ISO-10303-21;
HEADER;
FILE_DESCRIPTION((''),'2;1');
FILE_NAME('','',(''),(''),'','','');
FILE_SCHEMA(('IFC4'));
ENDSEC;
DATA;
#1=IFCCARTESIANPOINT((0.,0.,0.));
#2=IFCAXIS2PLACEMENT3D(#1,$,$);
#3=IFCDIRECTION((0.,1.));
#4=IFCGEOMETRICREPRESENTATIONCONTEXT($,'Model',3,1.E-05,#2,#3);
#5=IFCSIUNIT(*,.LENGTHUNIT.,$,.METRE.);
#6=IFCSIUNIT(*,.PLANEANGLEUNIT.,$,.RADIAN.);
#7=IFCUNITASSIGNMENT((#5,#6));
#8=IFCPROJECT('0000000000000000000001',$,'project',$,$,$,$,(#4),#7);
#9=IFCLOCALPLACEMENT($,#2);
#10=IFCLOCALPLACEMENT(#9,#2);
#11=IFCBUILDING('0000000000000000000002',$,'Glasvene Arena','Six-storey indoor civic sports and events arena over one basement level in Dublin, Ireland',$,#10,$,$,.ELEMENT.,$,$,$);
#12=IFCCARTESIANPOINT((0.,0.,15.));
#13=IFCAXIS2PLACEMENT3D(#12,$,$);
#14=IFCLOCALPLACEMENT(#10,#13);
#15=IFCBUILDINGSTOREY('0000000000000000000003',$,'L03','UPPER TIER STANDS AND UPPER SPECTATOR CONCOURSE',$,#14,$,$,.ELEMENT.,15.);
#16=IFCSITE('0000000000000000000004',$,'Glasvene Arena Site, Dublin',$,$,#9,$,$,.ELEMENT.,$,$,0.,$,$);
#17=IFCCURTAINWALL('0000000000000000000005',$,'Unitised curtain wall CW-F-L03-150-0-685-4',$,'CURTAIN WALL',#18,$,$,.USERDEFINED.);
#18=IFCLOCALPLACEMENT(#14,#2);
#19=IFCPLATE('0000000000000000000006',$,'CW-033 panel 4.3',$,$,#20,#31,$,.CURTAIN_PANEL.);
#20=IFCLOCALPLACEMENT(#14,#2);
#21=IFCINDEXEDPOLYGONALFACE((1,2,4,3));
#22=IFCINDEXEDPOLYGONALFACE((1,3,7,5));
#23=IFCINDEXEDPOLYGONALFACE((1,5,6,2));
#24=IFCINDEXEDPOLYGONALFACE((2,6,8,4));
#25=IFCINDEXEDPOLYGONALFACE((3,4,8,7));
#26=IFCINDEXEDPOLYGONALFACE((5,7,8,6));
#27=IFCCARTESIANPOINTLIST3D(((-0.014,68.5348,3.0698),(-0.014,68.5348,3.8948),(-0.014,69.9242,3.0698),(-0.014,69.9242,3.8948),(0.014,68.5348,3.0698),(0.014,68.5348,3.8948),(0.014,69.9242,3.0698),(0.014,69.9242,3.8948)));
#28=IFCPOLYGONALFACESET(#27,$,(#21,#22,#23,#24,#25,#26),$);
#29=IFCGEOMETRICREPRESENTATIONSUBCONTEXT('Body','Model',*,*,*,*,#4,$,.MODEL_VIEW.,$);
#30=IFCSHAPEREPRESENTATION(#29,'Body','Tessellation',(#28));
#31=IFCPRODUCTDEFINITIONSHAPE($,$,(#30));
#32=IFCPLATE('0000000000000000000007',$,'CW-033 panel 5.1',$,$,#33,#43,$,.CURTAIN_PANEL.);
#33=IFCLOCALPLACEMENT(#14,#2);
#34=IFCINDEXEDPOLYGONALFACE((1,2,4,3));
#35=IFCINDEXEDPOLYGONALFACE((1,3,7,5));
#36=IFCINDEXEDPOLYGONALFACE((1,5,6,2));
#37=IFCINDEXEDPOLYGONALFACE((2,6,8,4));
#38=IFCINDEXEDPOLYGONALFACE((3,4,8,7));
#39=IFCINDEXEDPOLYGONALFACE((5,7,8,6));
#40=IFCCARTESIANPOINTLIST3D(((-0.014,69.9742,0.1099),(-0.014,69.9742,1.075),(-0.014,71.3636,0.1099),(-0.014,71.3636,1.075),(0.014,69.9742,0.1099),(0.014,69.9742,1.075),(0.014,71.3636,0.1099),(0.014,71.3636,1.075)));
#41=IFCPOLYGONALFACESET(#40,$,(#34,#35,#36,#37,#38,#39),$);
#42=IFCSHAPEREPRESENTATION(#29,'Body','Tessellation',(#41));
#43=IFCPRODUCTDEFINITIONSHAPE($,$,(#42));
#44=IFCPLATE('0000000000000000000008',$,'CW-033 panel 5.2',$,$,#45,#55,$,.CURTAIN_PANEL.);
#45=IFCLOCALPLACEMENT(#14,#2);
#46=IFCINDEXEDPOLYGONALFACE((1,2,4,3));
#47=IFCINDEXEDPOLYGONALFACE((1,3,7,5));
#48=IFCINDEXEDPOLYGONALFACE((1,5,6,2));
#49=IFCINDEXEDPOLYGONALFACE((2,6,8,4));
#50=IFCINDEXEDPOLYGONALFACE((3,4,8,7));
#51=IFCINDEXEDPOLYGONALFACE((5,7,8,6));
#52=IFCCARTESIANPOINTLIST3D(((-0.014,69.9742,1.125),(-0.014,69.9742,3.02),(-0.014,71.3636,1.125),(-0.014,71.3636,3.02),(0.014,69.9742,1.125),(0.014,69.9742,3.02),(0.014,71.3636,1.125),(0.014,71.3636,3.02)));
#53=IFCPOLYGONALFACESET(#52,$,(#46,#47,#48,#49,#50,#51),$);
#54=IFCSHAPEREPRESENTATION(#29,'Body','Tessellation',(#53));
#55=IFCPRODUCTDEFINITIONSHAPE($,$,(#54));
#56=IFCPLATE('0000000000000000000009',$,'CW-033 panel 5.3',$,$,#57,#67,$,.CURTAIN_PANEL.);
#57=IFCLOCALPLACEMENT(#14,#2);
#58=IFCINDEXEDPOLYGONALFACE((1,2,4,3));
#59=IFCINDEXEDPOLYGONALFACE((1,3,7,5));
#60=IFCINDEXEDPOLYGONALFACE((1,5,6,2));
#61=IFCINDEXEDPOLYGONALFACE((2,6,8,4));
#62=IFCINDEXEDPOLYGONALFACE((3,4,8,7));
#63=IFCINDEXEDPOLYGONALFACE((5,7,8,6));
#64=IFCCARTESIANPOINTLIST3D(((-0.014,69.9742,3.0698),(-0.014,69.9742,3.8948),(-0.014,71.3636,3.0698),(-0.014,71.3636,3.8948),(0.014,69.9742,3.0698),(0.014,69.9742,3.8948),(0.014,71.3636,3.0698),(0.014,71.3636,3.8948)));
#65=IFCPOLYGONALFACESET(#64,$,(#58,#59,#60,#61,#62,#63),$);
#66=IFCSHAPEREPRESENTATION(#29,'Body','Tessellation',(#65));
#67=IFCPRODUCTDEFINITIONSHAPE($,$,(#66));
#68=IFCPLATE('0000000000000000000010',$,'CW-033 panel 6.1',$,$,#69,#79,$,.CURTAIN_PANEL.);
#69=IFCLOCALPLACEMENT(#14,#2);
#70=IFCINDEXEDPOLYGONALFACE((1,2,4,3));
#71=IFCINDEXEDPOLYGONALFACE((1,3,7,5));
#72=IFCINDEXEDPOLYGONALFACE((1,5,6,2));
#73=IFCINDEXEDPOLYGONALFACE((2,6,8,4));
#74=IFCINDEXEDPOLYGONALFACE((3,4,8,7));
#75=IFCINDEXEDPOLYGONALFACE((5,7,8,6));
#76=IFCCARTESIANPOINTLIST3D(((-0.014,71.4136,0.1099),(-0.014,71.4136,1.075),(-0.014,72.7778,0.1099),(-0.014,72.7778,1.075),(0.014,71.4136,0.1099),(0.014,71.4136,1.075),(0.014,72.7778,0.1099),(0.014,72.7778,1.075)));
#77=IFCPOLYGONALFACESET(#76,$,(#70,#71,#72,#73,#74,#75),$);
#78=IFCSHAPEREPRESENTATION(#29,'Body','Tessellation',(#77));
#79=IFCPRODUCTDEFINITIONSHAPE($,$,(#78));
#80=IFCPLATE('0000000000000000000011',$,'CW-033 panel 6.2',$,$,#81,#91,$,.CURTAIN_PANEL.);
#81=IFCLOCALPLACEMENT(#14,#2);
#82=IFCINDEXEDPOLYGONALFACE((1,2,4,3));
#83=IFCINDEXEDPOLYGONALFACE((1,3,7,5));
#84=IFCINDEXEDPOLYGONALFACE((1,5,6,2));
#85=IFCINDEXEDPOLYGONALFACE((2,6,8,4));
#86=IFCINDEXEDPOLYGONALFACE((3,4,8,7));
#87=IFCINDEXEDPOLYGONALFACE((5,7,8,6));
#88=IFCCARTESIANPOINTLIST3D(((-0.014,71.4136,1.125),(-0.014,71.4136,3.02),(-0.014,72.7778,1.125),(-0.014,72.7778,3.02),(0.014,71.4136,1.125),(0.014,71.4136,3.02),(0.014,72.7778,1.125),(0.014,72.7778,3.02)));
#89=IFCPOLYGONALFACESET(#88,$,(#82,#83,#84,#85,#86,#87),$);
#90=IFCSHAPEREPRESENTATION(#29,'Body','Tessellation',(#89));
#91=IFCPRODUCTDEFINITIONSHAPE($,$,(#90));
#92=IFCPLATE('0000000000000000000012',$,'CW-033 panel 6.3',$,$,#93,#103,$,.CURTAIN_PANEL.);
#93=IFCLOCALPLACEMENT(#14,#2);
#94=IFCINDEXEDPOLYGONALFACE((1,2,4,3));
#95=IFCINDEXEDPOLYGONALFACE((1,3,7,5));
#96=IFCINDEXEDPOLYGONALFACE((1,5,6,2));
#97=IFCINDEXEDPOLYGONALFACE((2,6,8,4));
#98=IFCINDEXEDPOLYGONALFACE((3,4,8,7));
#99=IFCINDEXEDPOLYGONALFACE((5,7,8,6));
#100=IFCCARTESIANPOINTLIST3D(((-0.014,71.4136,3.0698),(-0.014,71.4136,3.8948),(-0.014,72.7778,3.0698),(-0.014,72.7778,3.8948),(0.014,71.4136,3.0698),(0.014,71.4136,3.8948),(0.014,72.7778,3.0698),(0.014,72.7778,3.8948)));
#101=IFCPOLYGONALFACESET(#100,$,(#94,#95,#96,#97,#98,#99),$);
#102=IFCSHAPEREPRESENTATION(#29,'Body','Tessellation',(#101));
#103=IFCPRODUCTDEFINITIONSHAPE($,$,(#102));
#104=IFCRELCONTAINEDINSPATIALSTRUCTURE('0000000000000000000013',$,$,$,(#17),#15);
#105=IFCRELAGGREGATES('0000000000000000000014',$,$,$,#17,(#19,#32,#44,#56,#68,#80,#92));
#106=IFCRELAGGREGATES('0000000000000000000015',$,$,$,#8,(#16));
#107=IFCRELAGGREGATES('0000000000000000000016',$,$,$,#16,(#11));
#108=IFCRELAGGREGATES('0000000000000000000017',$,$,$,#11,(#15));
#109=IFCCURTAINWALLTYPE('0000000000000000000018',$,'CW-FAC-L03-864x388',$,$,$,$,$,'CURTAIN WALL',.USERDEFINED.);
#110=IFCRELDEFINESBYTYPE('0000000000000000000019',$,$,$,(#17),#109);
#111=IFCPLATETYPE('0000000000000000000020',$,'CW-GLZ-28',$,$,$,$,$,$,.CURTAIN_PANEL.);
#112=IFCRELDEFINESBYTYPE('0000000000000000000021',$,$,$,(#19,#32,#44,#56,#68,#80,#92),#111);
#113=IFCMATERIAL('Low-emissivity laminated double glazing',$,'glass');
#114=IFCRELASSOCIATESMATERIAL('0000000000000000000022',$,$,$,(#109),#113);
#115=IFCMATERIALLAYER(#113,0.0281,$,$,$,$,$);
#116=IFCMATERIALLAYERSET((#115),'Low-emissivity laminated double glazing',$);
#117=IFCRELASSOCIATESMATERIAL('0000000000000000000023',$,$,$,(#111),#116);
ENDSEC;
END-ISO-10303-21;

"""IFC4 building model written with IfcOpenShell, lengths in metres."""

from ifc_helpers import new_model, si_unit, direction, frame, origin, origin_2d, place, context, subcontext, project, spatial, rectangle, extrude, material, layer, layer_set, type_object, element, aggregate, save


model = new_model("IFC4")

# Units and contexts
model_context = context("Model", 3, precision=1e-05, world=origin(), true_north=direction((0.0, 1.0)))
body_context = subcontext(model_context, "Body", "Model", "MODEL_VIEW")
ifc_project = project(units=[si_unit("LENGTHUNIT", "METRE"), si_unit("PLANEANGLEUNIT", "RADIAN")], contexts=[model_context])

# Site, building, storey
site_placement = place(None, origin())
site = spatial("IfcSite", under=ifc_project, at=site_placement, Name="Glasvene Arena Site, Dublin", CompositionType="ELEMENT", RefElevation=0.0)
building_placement = place(site_placement, origin())
building = spatial("IfcBuilding", under=site, at=building_placement, Name="Glasvene Arena", Description="Six-storey indoor civic sports and events arena over one basement level in Dublin, Ireland", CompositionType="ELEMENT")
storey_placement = place(building_placement, frame((0.0, 0.0, 15.0)))
storey = spatial("IfcBuildingStorey", under=building, at=storey_placement, Name="L03", Description="UPPER TIER STANDS AND UPPER SPECTATOR CONCOURSE", CompositionType="ELEMENT", Elevation=15.0)

# Curtain wall, plates
ifc_material_1 = material(Name="Low-emissivity laminated double glazing", Category="glass")
curtain_wall_type = type_object("IfcCurtainWallType", Name="CW-FAC-L03-864x388", ElementType="CURTAIN WALL", PredefinedType="USERDEFINED", material=ifc_material_1)
curtain_wall_placement = place(storey_placement, frame((0.0, 64.1919, 0.0)))
curtain_wall = element("IfcCurtainWall", 1, at=curtain_wall_placement, inside=storey, type_object=curtain_wall_type, Name="Unitised curtain wall CW-F-L03-150-0-685-4", ObjectType="CURTAIN WALL", PredefinedType="USERDEFINED")
ifc_layer = layer(ifc_material_1, 0.0281)
ifc_layer_set = layer_set([ifc_layer], Name="Low-emissivity laminated double glazing")
plate_type = type_object("IfcPlateType", Name="CW-GLZ-28", PredefinedType="CURTAIN_PANEL", material=ifc_layer_set)
plate_1_placement = place(storey_placement, frame((0.0, 69.2295, 3.0698), z_axis=(0.0, 0.0, 1.0), x_axis=(0.0, 1.0, 0.0)))
plate_1 = element("IfcPlate", 2, at=plate_1_placement, type_object=plate_type, Name="CW-033 panel 4.3", PredefinedType="CURTAIN_PANEL", context=body_context, shape_type="SweptSolid", body=[
    extrude(rectangle(XDim=1.3894, YDim=0.0281, at=origin_2d()), origin(), (0.0, 0.0, 1.0), 0.825),
])
plate_2_placement = place(storey_placement, frame((0.0, 70.6689, 0.1099), z_axis=(0.0, 0.0, 1.0), x_axis=(0.0, 1.0, 0.0)))
plate_2 = element("IfcPlate", 3, at=plate_2_placement, type_object=plate_type, Name="CW-033 panel 5.1", PredefinedType="CURTAIN_PANEL", context=body_context, shape_type="SweptSolid", body=[
    extrude(rectangle(XDim=1.3894, YDim=0.0281, at=origin_2d()), origin(), (0.0, 0.0, 1.0), 0.9651),
])
plate_3_placement = place(storey_placement, frame((0.0, 70.6689, 1.125), z_axis=(0.0, 0.0, 1.0), x_axis=(0.0, 1.0, 0.0)))
plate_3 = element("IfcPlate", 4, at=plate_3_placement, type_object=plate_type, Name="CW-033 panel 5.2", PredefinedType="CURTAIN_PANEL", context=body_context, shape_type="SweptSolid", body=[
    extrude(rectangle(XDim=1.3894, YDim=0.0281, at=origin_2d()), origin(), (0.0, 0.0, 1.0), 1.895),
])
plate_4_placement = place(storey_placement, frame((0.0, 70.6689, 3.0698), z_axis=(0.0, 0.0, 1.0), x_axis=(0.0, 1.0, 0.0)))
plate_4 = element("IfcPlate", 5, at=plate_4_placement, type_object=plate_type, Name="CW-033 panel 5.3", PredefinedType="CURTAIN_PANEL", context=body_context, shape_type="SweptSolid", body=[
    extrude(rectangle(XDim=1.3894, YDim=0.0281, at=origin_2d()), origin(), (0.0, 0.0, 1.0), 0.825),
])
plate_5_placement = place(storey_placement, frame((0.0, 72.0957, 0.1099), z_axis=(0.0, 0.0, 1.0), x_axis=(0.0, 1.0, 0.0)))
plate_5 = element("IfcPlate", 6, at=plate_5_placement, type_object=plate_type, Name="CW-033 panel 6.1", PredefinedType="CURTAIN_PANEL", context=body_context, shape_type="SweptSolid", body=[
    extrude(rectangle(XDim=1.3643, YDim=0.0281, at=origin_2d()), origin(), (0.0, 0.0, 1.0), 0.9651),
])
plate_6_placement = place(storey_placement, frame((0.0, 72.0957, 1.125), z_axis=(0.0, 0.0, 1.0), x_axis=(0.0, 1.0, 0.0)))
plate_6 = element("IfcPlate", 7, at=plate_6_placement, type_object=plate_type, Name="CW-033 panel 6.2", PredefinedType="CURTAIN_PANEL", context=body_context, shape_type="SweptSolid", body=[
    extrude(rectangle(XDim=1.3643, YDim=0.0281, at=origin_2d()), origin(), (0.0, 0.0, 1.0), 1.895),
])
plate_7_placement = place(storey_placement, frame((0.0, 72.0957, 3.0698), z_axis=(0.0, 0.0, 1.0), x_axis=(0.0, 1.0, 0.0)))
plate_7 = element("IfcPlate", 8, at=plate_7_placement, type_object=plate_type, Name="CW-033 panel 6.3", PredefinedType="CURTAIN_PANEL", context=body_context, shape_type="SweptSolid", body=[
    extrude(rectangle(XDim=1.3643, YDim=0.0281, at=origin_2d()), origin(), (0.0, 0.0, 1.0), 0.825),
])
aggregate(curtain_wall, [plate_1, plate_2, plate_3, plate_4, plate_5, plate_6, plate_7])

save(model, "model.ifc")
